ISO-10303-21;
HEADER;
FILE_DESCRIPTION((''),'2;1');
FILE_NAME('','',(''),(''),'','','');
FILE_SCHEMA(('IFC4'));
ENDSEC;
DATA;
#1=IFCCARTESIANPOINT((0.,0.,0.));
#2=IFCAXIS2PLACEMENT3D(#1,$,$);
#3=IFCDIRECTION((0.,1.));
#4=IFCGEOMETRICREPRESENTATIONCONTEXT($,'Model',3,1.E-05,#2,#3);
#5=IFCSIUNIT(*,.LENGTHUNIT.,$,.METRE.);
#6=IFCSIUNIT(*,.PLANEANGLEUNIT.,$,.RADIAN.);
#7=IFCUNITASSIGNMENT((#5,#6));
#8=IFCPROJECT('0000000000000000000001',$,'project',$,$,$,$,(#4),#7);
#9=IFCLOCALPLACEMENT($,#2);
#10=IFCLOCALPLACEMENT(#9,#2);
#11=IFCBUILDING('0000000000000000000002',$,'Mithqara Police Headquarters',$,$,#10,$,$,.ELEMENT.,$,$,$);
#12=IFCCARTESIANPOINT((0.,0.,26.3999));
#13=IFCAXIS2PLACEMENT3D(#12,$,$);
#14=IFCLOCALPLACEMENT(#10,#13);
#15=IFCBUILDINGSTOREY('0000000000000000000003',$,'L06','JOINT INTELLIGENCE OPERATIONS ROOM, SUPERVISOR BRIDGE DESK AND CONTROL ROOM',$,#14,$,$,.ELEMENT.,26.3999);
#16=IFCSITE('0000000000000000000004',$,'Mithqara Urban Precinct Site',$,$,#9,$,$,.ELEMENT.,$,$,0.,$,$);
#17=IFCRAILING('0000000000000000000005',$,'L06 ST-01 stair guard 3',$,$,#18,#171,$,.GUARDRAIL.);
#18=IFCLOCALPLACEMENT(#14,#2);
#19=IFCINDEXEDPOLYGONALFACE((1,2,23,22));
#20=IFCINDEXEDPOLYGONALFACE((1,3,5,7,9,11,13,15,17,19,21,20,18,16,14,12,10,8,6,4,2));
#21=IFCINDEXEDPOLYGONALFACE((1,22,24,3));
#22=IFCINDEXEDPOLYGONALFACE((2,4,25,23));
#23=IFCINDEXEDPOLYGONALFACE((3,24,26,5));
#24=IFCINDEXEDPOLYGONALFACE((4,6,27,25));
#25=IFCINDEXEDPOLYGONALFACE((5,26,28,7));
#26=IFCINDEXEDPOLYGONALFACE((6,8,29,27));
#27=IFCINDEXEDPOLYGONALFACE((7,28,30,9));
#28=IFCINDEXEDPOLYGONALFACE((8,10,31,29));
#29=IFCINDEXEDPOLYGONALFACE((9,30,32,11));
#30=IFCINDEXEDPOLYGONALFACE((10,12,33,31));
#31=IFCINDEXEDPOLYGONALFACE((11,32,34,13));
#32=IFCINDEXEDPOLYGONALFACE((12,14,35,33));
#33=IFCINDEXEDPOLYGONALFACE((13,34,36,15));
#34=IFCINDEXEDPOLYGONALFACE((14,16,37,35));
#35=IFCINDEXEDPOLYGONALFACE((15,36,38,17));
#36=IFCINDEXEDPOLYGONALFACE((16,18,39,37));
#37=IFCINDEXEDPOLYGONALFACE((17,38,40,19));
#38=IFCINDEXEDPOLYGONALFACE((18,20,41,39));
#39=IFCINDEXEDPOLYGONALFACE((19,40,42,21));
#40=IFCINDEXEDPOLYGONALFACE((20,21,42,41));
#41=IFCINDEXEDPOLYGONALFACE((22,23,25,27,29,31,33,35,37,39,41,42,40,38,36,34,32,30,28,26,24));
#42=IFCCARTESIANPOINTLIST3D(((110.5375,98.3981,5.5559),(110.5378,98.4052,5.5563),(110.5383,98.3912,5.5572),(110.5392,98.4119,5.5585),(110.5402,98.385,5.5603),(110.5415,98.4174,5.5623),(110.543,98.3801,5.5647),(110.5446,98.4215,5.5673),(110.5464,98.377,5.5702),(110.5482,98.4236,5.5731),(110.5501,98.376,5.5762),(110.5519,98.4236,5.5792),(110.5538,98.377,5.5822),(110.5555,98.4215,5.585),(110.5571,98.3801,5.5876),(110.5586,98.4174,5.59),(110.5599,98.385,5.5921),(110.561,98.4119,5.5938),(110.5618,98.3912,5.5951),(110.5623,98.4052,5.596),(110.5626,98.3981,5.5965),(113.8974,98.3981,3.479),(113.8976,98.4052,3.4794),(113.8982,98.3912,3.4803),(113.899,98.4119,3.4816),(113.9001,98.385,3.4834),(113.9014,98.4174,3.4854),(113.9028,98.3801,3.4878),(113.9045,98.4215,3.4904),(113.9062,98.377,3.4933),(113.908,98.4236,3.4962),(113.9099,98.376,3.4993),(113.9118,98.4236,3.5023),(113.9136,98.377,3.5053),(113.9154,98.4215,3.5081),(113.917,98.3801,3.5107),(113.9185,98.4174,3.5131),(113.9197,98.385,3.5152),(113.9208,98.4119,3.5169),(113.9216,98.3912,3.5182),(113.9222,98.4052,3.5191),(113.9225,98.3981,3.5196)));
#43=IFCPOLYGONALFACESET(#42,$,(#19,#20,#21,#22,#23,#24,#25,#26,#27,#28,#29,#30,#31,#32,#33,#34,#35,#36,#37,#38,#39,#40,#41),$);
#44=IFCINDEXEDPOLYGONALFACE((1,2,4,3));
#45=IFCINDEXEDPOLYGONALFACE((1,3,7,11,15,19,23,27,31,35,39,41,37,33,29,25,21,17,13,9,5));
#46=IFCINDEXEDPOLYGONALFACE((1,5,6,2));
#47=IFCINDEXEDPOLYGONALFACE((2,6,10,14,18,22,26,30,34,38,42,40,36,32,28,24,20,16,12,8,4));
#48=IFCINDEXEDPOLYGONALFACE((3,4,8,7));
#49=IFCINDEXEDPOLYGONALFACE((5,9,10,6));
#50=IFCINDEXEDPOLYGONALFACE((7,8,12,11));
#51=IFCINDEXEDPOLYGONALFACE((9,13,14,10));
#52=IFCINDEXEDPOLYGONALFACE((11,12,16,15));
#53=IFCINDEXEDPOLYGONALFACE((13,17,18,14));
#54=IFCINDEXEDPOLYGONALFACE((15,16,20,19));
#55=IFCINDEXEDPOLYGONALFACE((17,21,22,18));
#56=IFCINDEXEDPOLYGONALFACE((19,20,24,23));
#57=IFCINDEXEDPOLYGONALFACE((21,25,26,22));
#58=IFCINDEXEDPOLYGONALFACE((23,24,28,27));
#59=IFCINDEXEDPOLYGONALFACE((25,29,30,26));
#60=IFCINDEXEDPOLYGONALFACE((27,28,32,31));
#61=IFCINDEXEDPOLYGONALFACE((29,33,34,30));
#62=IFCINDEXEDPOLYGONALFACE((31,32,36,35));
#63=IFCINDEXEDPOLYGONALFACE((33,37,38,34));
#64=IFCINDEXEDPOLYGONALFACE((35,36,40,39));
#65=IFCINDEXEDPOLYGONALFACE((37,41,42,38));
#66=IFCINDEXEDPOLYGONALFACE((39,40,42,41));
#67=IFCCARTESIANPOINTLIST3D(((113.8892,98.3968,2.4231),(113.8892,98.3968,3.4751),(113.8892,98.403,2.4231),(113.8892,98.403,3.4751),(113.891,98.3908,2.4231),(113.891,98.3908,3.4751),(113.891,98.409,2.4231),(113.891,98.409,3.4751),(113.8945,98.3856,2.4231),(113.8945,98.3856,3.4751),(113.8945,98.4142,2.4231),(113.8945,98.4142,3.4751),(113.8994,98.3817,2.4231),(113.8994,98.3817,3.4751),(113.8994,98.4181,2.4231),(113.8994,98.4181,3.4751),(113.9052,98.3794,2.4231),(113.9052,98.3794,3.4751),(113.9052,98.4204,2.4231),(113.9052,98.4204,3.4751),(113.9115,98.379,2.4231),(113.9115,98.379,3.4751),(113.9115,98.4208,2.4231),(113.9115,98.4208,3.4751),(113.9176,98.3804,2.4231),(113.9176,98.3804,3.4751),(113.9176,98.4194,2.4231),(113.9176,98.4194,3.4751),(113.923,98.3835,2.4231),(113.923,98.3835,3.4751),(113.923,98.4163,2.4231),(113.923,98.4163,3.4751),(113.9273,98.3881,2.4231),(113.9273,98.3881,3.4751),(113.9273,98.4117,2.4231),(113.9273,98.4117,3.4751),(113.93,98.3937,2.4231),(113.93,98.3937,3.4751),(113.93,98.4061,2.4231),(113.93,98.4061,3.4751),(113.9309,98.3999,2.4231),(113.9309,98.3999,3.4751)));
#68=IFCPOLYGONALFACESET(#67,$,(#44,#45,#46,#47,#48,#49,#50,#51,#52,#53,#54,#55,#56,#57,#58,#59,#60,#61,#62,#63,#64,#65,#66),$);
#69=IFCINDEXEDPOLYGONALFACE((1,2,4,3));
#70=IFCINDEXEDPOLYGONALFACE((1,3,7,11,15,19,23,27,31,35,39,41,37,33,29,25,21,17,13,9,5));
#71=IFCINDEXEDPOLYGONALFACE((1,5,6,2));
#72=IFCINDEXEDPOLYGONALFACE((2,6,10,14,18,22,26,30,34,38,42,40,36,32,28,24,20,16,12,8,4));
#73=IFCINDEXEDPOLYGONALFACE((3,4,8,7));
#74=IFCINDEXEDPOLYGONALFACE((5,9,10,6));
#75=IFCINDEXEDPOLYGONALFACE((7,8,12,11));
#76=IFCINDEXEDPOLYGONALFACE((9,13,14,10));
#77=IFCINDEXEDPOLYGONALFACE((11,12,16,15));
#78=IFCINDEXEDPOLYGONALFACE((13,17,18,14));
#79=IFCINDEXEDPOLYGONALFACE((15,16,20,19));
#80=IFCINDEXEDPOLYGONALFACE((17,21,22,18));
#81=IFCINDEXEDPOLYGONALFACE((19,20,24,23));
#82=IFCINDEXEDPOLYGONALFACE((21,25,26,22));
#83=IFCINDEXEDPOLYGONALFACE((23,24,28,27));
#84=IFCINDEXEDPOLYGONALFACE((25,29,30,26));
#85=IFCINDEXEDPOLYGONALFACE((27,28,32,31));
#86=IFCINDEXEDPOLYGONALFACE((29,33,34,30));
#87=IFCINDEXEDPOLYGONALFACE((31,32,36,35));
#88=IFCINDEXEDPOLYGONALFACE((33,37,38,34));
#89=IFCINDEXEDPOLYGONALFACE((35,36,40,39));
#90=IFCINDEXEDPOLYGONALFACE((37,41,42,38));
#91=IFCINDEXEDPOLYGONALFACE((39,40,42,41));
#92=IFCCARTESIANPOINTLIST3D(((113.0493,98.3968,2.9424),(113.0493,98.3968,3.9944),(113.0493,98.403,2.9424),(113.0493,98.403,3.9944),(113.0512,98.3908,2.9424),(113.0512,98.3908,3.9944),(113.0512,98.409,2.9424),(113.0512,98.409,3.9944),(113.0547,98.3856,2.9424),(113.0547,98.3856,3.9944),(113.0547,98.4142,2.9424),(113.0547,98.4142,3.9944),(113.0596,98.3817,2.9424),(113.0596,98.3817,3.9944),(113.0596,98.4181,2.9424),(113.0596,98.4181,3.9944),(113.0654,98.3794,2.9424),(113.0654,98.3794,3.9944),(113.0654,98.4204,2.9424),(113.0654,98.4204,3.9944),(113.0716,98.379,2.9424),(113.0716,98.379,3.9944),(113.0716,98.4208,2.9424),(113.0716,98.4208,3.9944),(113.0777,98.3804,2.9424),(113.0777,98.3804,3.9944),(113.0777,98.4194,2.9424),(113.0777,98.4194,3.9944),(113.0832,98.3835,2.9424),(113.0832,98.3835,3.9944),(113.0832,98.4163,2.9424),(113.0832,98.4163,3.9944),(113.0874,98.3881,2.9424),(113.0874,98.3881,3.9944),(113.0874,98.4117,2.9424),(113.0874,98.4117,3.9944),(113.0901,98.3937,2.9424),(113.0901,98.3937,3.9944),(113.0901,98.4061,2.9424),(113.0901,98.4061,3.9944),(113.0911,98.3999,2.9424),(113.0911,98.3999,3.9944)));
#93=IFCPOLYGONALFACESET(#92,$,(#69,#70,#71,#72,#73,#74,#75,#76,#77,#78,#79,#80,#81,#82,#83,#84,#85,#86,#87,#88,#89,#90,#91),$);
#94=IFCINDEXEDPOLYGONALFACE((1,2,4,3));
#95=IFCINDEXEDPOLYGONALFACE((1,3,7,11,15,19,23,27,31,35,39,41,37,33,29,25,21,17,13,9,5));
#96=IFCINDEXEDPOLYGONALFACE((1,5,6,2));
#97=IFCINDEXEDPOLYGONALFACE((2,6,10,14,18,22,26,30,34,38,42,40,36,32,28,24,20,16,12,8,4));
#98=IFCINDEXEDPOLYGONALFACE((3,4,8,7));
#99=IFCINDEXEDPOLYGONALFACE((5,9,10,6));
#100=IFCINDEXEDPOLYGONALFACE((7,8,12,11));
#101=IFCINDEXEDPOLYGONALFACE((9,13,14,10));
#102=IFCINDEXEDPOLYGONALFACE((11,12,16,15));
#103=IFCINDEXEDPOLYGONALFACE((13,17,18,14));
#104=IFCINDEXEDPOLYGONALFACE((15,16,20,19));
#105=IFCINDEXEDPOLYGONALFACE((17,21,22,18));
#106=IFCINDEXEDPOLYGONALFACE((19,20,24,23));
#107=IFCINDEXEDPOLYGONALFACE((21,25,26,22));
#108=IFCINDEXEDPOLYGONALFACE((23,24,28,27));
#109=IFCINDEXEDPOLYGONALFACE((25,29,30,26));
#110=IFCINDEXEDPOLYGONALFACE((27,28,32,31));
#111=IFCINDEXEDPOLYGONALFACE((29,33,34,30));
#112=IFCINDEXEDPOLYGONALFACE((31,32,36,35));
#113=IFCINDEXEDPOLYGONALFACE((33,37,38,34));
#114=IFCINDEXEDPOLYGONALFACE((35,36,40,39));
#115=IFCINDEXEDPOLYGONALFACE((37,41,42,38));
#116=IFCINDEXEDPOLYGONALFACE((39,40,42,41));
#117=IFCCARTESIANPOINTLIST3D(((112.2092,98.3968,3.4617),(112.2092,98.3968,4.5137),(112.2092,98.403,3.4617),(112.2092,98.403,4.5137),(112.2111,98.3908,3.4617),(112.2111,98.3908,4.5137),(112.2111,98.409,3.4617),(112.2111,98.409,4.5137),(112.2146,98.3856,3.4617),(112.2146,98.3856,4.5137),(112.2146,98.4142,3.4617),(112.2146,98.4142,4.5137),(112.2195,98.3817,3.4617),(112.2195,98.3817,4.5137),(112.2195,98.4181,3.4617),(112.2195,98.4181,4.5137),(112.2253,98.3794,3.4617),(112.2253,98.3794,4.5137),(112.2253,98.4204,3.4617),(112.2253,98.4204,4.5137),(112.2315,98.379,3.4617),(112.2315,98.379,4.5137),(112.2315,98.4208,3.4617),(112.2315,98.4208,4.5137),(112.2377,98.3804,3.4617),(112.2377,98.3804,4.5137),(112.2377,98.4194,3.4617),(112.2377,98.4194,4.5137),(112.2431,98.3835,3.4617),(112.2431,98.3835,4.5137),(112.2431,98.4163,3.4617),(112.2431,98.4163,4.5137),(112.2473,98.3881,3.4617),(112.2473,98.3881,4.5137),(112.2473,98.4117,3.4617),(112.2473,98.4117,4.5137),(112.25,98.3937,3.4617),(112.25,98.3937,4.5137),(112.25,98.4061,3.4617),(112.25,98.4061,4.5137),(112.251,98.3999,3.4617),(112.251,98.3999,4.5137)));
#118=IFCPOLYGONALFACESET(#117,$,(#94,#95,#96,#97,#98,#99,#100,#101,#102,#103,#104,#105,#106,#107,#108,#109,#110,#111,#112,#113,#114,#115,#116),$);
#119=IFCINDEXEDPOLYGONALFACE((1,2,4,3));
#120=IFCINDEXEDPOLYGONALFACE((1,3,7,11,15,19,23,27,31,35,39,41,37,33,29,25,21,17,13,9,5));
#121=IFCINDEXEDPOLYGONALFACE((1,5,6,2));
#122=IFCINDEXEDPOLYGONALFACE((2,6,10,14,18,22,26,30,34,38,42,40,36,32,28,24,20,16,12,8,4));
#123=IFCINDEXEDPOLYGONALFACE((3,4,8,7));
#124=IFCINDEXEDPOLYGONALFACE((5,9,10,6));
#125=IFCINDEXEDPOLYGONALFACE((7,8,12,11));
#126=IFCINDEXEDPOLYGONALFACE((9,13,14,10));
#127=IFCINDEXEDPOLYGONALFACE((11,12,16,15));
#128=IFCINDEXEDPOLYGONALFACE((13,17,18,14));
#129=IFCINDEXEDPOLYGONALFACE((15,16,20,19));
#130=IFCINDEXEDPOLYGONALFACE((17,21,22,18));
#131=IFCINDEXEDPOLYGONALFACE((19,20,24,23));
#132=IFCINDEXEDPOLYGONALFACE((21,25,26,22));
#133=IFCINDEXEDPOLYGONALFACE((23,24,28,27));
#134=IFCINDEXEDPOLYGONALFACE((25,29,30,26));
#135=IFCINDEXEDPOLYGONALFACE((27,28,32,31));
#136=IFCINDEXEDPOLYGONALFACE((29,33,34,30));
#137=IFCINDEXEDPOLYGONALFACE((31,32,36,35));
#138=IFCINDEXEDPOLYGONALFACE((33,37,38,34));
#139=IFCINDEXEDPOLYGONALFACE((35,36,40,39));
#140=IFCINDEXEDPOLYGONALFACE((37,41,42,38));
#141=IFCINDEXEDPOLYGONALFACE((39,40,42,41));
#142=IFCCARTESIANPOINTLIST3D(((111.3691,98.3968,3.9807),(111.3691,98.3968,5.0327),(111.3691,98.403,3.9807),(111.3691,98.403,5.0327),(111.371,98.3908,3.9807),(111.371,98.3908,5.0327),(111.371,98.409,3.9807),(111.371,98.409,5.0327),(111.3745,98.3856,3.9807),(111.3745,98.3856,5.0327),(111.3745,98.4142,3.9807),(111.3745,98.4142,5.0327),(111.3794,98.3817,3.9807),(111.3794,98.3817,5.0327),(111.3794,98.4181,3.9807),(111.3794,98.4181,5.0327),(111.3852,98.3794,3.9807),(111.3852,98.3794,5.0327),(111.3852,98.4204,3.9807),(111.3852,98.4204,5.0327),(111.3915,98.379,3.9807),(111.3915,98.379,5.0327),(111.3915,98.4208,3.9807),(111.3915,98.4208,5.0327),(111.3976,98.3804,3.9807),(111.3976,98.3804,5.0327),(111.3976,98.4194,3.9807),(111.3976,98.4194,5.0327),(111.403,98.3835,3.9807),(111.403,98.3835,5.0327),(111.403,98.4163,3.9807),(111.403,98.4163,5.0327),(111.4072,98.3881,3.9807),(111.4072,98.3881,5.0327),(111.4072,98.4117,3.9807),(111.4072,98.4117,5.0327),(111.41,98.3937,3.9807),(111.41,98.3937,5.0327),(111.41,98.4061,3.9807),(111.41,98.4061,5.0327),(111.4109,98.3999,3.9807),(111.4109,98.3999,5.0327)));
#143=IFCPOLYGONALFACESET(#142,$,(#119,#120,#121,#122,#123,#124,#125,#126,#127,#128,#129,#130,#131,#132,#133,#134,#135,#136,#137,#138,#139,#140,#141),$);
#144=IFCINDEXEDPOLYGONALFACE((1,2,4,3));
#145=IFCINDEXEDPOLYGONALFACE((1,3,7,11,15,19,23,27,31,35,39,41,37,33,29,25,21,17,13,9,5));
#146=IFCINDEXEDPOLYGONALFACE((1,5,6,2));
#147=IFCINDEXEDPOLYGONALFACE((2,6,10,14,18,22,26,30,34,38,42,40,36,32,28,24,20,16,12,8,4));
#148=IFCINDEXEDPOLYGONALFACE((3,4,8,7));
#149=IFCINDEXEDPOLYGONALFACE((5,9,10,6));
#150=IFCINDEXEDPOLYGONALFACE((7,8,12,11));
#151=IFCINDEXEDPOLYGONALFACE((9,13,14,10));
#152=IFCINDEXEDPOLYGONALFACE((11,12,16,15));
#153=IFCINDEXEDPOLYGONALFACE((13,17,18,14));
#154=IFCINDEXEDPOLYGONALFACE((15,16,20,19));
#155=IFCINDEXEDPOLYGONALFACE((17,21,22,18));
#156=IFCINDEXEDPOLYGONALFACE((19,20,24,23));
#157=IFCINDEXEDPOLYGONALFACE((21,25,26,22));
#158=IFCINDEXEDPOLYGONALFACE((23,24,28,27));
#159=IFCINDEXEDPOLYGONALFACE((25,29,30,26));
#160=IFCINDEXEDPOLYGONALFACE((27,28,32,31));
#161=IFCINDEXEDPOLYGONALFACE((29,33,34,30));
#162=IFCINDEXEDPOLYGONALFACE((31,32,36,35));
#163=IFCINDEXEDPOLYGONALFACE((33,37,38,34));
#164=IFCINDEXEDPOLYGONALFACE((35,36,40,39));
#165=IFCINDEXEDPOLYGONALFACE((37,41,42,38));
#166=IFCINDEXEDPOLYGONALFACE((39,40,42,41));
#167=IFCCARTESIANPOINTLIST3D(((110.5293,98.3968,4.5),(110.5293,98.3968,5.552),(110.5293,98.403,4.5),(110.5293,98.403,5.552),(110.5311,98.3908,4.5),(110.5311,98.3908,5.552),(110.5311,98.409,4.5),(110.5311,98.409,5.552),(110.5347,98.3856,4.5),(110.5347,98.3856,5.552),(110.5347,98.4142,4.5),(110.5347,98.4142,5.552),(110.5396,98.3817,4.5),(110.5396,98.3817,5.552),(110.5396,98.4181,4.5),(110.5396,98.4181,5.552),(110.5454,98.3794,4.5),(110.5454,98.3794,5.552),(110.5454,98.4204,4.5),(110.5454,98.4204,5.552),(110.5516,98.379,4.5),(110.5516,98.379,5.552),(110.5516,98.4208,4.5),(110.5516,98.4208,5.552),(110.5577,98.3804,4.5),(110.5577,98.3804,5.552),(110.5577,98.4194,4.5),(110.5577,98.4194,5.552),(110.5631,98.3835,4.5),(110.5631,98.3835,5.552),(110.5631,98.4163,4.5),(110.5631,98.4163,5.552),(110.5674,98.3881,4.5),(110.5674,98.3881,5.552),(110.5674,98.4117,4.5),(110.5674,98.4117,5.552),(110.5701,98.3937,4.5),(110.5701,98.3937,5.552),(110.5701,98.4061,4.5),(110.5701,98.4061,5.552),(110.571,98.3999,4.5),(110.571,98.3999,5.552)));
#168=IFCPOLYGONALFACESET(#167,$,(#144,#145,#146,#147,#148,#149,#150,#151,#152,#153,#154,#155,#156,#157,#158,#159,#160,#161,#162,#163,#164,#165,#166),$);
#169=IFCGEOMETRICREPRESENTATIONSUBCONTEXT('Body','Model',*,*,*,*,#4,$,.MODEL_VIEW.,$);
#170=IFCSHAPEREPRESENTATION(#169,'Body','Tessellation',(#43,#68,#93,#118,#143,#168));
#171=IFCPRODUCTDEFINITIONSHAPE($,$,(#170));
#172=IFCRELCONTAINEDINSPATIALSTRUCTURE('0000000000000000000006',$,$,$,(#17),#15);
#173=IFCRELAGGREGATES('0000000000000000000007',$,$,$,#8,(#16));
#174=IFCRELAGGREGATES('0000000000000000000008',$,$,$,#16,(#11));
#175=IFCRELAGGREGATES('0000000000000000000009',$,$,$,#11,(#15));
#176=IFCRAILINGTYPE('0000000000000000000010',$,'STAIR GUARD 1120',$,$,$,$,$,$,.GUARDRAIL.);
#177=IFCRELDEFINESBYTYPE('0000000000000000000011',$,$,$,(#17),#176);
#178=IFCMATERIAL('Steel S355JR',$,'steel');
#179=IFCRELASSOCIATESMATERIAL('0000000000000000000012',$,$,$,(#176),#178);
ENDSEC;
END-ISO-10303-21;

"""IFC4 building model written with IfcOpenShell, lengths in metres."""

from ifc_helpers import new_model, si_unit, direction, frame, origin, origin_2d, place, context, subcontext, project, spatial, circle, extrude, material, type_object, element, save


model = new_model("IFC4")

# Units and contexts
model_context = context("Model", 3, precision=1e-05, world=origin(), true_north=direction((0.0, 1.0)))
body_context = subcontext(model_context, "Body", "Model", "MODEL_VIEW")
ifc_project = project(units=[si_unit("LENGTHUNIT", "METRE"), si_unit("PLANEANGLEUNIT", "RADIAN")], contexts=[model_context])

# Site, building, storey
site_placement = place(None, origin())
site = spatial("IfcSite", under=ifc_project, at=site_placement, Name="Mithqara Urban Precinct Site", CompositionType="ELEMENT", RefElevation=0.0)
building_placement = place(site_placement, origin())
building = spatial("IfcBuilding", under=site, at=building_placement, Name="Mithqara Police Headquarters", CompositionType="ELEMENT")
storey_placement = place(building_placement, frame((0.0, 0.0, 26.3999)))
storey = spatial("IfcBuildingStorey", under=building, at=storey_placement, Name="L06", Description="JOINT INTELLIGENCE OPERATIONS ROOM, SUPERVISOR BRIDGE DESK AND CONTROL ROOM", CompositionType="ELEMENT", Elevation=26.3999)

# Shared definitions
ifc_material_1 = material(Name="Steel S355JR", Category="steel")

# Railing
railing_type_1 = type_object("IfcRailingType", Name="STAIR GUARD 1120", PredefinedType="GUARDRAIL", material=ifc_material_1)
railing_1_placement = place(storey_placement, frame((113.9099, 98.3999, 2.4231)))
element("IfcRailing", 1, at=railing_1_placement, inside=storey, type_object=railing_type_1, Name="L06 ST-01 stair guard 3", PredefinedType="GUARDRAIL", context=body_context, shape_type="SweptSolid", body=[
    extrude(circle(Radius=0.0239, at=origin_2d()), frame((0.0, 0.0, 1.0762), z_axis=(-0.850606, 0.0, 0.525803), x_axis=(0.0, -1.0, 0.0)), (0.0, 0.0, 1.0), 3.95),
    extrude(circle(Radius=0.021, at=origin_2d()), origin(), (0.0, 0.0, 1.0), 1.052),
    extrude(circle(Radius=0.021, at=origin_2d()), frame((-0.8398, 0.0, 0.5193)), (0.0, 0.0, 1.0), 1.052),
    extrude(circle(Radius=0.021, at=origin_2d()), frame((-1.6799, 0.0, 1.0386)), (0.0, 0.0, 1.0), 1.052),
    extrude(circle(Radius=0.021, at=origin_2d()), frame((-2.52, 0.0, 1.5576)), (0.0, 0.0, 1.0), 1.052),
    extrude(circle(Radius=0.021, at=origin_2d()), frame((-3.3599, 0.0, 2.0769)), (0.0, 0.0, 1.0), 1.052),
])

save(model, "model.ifc")
